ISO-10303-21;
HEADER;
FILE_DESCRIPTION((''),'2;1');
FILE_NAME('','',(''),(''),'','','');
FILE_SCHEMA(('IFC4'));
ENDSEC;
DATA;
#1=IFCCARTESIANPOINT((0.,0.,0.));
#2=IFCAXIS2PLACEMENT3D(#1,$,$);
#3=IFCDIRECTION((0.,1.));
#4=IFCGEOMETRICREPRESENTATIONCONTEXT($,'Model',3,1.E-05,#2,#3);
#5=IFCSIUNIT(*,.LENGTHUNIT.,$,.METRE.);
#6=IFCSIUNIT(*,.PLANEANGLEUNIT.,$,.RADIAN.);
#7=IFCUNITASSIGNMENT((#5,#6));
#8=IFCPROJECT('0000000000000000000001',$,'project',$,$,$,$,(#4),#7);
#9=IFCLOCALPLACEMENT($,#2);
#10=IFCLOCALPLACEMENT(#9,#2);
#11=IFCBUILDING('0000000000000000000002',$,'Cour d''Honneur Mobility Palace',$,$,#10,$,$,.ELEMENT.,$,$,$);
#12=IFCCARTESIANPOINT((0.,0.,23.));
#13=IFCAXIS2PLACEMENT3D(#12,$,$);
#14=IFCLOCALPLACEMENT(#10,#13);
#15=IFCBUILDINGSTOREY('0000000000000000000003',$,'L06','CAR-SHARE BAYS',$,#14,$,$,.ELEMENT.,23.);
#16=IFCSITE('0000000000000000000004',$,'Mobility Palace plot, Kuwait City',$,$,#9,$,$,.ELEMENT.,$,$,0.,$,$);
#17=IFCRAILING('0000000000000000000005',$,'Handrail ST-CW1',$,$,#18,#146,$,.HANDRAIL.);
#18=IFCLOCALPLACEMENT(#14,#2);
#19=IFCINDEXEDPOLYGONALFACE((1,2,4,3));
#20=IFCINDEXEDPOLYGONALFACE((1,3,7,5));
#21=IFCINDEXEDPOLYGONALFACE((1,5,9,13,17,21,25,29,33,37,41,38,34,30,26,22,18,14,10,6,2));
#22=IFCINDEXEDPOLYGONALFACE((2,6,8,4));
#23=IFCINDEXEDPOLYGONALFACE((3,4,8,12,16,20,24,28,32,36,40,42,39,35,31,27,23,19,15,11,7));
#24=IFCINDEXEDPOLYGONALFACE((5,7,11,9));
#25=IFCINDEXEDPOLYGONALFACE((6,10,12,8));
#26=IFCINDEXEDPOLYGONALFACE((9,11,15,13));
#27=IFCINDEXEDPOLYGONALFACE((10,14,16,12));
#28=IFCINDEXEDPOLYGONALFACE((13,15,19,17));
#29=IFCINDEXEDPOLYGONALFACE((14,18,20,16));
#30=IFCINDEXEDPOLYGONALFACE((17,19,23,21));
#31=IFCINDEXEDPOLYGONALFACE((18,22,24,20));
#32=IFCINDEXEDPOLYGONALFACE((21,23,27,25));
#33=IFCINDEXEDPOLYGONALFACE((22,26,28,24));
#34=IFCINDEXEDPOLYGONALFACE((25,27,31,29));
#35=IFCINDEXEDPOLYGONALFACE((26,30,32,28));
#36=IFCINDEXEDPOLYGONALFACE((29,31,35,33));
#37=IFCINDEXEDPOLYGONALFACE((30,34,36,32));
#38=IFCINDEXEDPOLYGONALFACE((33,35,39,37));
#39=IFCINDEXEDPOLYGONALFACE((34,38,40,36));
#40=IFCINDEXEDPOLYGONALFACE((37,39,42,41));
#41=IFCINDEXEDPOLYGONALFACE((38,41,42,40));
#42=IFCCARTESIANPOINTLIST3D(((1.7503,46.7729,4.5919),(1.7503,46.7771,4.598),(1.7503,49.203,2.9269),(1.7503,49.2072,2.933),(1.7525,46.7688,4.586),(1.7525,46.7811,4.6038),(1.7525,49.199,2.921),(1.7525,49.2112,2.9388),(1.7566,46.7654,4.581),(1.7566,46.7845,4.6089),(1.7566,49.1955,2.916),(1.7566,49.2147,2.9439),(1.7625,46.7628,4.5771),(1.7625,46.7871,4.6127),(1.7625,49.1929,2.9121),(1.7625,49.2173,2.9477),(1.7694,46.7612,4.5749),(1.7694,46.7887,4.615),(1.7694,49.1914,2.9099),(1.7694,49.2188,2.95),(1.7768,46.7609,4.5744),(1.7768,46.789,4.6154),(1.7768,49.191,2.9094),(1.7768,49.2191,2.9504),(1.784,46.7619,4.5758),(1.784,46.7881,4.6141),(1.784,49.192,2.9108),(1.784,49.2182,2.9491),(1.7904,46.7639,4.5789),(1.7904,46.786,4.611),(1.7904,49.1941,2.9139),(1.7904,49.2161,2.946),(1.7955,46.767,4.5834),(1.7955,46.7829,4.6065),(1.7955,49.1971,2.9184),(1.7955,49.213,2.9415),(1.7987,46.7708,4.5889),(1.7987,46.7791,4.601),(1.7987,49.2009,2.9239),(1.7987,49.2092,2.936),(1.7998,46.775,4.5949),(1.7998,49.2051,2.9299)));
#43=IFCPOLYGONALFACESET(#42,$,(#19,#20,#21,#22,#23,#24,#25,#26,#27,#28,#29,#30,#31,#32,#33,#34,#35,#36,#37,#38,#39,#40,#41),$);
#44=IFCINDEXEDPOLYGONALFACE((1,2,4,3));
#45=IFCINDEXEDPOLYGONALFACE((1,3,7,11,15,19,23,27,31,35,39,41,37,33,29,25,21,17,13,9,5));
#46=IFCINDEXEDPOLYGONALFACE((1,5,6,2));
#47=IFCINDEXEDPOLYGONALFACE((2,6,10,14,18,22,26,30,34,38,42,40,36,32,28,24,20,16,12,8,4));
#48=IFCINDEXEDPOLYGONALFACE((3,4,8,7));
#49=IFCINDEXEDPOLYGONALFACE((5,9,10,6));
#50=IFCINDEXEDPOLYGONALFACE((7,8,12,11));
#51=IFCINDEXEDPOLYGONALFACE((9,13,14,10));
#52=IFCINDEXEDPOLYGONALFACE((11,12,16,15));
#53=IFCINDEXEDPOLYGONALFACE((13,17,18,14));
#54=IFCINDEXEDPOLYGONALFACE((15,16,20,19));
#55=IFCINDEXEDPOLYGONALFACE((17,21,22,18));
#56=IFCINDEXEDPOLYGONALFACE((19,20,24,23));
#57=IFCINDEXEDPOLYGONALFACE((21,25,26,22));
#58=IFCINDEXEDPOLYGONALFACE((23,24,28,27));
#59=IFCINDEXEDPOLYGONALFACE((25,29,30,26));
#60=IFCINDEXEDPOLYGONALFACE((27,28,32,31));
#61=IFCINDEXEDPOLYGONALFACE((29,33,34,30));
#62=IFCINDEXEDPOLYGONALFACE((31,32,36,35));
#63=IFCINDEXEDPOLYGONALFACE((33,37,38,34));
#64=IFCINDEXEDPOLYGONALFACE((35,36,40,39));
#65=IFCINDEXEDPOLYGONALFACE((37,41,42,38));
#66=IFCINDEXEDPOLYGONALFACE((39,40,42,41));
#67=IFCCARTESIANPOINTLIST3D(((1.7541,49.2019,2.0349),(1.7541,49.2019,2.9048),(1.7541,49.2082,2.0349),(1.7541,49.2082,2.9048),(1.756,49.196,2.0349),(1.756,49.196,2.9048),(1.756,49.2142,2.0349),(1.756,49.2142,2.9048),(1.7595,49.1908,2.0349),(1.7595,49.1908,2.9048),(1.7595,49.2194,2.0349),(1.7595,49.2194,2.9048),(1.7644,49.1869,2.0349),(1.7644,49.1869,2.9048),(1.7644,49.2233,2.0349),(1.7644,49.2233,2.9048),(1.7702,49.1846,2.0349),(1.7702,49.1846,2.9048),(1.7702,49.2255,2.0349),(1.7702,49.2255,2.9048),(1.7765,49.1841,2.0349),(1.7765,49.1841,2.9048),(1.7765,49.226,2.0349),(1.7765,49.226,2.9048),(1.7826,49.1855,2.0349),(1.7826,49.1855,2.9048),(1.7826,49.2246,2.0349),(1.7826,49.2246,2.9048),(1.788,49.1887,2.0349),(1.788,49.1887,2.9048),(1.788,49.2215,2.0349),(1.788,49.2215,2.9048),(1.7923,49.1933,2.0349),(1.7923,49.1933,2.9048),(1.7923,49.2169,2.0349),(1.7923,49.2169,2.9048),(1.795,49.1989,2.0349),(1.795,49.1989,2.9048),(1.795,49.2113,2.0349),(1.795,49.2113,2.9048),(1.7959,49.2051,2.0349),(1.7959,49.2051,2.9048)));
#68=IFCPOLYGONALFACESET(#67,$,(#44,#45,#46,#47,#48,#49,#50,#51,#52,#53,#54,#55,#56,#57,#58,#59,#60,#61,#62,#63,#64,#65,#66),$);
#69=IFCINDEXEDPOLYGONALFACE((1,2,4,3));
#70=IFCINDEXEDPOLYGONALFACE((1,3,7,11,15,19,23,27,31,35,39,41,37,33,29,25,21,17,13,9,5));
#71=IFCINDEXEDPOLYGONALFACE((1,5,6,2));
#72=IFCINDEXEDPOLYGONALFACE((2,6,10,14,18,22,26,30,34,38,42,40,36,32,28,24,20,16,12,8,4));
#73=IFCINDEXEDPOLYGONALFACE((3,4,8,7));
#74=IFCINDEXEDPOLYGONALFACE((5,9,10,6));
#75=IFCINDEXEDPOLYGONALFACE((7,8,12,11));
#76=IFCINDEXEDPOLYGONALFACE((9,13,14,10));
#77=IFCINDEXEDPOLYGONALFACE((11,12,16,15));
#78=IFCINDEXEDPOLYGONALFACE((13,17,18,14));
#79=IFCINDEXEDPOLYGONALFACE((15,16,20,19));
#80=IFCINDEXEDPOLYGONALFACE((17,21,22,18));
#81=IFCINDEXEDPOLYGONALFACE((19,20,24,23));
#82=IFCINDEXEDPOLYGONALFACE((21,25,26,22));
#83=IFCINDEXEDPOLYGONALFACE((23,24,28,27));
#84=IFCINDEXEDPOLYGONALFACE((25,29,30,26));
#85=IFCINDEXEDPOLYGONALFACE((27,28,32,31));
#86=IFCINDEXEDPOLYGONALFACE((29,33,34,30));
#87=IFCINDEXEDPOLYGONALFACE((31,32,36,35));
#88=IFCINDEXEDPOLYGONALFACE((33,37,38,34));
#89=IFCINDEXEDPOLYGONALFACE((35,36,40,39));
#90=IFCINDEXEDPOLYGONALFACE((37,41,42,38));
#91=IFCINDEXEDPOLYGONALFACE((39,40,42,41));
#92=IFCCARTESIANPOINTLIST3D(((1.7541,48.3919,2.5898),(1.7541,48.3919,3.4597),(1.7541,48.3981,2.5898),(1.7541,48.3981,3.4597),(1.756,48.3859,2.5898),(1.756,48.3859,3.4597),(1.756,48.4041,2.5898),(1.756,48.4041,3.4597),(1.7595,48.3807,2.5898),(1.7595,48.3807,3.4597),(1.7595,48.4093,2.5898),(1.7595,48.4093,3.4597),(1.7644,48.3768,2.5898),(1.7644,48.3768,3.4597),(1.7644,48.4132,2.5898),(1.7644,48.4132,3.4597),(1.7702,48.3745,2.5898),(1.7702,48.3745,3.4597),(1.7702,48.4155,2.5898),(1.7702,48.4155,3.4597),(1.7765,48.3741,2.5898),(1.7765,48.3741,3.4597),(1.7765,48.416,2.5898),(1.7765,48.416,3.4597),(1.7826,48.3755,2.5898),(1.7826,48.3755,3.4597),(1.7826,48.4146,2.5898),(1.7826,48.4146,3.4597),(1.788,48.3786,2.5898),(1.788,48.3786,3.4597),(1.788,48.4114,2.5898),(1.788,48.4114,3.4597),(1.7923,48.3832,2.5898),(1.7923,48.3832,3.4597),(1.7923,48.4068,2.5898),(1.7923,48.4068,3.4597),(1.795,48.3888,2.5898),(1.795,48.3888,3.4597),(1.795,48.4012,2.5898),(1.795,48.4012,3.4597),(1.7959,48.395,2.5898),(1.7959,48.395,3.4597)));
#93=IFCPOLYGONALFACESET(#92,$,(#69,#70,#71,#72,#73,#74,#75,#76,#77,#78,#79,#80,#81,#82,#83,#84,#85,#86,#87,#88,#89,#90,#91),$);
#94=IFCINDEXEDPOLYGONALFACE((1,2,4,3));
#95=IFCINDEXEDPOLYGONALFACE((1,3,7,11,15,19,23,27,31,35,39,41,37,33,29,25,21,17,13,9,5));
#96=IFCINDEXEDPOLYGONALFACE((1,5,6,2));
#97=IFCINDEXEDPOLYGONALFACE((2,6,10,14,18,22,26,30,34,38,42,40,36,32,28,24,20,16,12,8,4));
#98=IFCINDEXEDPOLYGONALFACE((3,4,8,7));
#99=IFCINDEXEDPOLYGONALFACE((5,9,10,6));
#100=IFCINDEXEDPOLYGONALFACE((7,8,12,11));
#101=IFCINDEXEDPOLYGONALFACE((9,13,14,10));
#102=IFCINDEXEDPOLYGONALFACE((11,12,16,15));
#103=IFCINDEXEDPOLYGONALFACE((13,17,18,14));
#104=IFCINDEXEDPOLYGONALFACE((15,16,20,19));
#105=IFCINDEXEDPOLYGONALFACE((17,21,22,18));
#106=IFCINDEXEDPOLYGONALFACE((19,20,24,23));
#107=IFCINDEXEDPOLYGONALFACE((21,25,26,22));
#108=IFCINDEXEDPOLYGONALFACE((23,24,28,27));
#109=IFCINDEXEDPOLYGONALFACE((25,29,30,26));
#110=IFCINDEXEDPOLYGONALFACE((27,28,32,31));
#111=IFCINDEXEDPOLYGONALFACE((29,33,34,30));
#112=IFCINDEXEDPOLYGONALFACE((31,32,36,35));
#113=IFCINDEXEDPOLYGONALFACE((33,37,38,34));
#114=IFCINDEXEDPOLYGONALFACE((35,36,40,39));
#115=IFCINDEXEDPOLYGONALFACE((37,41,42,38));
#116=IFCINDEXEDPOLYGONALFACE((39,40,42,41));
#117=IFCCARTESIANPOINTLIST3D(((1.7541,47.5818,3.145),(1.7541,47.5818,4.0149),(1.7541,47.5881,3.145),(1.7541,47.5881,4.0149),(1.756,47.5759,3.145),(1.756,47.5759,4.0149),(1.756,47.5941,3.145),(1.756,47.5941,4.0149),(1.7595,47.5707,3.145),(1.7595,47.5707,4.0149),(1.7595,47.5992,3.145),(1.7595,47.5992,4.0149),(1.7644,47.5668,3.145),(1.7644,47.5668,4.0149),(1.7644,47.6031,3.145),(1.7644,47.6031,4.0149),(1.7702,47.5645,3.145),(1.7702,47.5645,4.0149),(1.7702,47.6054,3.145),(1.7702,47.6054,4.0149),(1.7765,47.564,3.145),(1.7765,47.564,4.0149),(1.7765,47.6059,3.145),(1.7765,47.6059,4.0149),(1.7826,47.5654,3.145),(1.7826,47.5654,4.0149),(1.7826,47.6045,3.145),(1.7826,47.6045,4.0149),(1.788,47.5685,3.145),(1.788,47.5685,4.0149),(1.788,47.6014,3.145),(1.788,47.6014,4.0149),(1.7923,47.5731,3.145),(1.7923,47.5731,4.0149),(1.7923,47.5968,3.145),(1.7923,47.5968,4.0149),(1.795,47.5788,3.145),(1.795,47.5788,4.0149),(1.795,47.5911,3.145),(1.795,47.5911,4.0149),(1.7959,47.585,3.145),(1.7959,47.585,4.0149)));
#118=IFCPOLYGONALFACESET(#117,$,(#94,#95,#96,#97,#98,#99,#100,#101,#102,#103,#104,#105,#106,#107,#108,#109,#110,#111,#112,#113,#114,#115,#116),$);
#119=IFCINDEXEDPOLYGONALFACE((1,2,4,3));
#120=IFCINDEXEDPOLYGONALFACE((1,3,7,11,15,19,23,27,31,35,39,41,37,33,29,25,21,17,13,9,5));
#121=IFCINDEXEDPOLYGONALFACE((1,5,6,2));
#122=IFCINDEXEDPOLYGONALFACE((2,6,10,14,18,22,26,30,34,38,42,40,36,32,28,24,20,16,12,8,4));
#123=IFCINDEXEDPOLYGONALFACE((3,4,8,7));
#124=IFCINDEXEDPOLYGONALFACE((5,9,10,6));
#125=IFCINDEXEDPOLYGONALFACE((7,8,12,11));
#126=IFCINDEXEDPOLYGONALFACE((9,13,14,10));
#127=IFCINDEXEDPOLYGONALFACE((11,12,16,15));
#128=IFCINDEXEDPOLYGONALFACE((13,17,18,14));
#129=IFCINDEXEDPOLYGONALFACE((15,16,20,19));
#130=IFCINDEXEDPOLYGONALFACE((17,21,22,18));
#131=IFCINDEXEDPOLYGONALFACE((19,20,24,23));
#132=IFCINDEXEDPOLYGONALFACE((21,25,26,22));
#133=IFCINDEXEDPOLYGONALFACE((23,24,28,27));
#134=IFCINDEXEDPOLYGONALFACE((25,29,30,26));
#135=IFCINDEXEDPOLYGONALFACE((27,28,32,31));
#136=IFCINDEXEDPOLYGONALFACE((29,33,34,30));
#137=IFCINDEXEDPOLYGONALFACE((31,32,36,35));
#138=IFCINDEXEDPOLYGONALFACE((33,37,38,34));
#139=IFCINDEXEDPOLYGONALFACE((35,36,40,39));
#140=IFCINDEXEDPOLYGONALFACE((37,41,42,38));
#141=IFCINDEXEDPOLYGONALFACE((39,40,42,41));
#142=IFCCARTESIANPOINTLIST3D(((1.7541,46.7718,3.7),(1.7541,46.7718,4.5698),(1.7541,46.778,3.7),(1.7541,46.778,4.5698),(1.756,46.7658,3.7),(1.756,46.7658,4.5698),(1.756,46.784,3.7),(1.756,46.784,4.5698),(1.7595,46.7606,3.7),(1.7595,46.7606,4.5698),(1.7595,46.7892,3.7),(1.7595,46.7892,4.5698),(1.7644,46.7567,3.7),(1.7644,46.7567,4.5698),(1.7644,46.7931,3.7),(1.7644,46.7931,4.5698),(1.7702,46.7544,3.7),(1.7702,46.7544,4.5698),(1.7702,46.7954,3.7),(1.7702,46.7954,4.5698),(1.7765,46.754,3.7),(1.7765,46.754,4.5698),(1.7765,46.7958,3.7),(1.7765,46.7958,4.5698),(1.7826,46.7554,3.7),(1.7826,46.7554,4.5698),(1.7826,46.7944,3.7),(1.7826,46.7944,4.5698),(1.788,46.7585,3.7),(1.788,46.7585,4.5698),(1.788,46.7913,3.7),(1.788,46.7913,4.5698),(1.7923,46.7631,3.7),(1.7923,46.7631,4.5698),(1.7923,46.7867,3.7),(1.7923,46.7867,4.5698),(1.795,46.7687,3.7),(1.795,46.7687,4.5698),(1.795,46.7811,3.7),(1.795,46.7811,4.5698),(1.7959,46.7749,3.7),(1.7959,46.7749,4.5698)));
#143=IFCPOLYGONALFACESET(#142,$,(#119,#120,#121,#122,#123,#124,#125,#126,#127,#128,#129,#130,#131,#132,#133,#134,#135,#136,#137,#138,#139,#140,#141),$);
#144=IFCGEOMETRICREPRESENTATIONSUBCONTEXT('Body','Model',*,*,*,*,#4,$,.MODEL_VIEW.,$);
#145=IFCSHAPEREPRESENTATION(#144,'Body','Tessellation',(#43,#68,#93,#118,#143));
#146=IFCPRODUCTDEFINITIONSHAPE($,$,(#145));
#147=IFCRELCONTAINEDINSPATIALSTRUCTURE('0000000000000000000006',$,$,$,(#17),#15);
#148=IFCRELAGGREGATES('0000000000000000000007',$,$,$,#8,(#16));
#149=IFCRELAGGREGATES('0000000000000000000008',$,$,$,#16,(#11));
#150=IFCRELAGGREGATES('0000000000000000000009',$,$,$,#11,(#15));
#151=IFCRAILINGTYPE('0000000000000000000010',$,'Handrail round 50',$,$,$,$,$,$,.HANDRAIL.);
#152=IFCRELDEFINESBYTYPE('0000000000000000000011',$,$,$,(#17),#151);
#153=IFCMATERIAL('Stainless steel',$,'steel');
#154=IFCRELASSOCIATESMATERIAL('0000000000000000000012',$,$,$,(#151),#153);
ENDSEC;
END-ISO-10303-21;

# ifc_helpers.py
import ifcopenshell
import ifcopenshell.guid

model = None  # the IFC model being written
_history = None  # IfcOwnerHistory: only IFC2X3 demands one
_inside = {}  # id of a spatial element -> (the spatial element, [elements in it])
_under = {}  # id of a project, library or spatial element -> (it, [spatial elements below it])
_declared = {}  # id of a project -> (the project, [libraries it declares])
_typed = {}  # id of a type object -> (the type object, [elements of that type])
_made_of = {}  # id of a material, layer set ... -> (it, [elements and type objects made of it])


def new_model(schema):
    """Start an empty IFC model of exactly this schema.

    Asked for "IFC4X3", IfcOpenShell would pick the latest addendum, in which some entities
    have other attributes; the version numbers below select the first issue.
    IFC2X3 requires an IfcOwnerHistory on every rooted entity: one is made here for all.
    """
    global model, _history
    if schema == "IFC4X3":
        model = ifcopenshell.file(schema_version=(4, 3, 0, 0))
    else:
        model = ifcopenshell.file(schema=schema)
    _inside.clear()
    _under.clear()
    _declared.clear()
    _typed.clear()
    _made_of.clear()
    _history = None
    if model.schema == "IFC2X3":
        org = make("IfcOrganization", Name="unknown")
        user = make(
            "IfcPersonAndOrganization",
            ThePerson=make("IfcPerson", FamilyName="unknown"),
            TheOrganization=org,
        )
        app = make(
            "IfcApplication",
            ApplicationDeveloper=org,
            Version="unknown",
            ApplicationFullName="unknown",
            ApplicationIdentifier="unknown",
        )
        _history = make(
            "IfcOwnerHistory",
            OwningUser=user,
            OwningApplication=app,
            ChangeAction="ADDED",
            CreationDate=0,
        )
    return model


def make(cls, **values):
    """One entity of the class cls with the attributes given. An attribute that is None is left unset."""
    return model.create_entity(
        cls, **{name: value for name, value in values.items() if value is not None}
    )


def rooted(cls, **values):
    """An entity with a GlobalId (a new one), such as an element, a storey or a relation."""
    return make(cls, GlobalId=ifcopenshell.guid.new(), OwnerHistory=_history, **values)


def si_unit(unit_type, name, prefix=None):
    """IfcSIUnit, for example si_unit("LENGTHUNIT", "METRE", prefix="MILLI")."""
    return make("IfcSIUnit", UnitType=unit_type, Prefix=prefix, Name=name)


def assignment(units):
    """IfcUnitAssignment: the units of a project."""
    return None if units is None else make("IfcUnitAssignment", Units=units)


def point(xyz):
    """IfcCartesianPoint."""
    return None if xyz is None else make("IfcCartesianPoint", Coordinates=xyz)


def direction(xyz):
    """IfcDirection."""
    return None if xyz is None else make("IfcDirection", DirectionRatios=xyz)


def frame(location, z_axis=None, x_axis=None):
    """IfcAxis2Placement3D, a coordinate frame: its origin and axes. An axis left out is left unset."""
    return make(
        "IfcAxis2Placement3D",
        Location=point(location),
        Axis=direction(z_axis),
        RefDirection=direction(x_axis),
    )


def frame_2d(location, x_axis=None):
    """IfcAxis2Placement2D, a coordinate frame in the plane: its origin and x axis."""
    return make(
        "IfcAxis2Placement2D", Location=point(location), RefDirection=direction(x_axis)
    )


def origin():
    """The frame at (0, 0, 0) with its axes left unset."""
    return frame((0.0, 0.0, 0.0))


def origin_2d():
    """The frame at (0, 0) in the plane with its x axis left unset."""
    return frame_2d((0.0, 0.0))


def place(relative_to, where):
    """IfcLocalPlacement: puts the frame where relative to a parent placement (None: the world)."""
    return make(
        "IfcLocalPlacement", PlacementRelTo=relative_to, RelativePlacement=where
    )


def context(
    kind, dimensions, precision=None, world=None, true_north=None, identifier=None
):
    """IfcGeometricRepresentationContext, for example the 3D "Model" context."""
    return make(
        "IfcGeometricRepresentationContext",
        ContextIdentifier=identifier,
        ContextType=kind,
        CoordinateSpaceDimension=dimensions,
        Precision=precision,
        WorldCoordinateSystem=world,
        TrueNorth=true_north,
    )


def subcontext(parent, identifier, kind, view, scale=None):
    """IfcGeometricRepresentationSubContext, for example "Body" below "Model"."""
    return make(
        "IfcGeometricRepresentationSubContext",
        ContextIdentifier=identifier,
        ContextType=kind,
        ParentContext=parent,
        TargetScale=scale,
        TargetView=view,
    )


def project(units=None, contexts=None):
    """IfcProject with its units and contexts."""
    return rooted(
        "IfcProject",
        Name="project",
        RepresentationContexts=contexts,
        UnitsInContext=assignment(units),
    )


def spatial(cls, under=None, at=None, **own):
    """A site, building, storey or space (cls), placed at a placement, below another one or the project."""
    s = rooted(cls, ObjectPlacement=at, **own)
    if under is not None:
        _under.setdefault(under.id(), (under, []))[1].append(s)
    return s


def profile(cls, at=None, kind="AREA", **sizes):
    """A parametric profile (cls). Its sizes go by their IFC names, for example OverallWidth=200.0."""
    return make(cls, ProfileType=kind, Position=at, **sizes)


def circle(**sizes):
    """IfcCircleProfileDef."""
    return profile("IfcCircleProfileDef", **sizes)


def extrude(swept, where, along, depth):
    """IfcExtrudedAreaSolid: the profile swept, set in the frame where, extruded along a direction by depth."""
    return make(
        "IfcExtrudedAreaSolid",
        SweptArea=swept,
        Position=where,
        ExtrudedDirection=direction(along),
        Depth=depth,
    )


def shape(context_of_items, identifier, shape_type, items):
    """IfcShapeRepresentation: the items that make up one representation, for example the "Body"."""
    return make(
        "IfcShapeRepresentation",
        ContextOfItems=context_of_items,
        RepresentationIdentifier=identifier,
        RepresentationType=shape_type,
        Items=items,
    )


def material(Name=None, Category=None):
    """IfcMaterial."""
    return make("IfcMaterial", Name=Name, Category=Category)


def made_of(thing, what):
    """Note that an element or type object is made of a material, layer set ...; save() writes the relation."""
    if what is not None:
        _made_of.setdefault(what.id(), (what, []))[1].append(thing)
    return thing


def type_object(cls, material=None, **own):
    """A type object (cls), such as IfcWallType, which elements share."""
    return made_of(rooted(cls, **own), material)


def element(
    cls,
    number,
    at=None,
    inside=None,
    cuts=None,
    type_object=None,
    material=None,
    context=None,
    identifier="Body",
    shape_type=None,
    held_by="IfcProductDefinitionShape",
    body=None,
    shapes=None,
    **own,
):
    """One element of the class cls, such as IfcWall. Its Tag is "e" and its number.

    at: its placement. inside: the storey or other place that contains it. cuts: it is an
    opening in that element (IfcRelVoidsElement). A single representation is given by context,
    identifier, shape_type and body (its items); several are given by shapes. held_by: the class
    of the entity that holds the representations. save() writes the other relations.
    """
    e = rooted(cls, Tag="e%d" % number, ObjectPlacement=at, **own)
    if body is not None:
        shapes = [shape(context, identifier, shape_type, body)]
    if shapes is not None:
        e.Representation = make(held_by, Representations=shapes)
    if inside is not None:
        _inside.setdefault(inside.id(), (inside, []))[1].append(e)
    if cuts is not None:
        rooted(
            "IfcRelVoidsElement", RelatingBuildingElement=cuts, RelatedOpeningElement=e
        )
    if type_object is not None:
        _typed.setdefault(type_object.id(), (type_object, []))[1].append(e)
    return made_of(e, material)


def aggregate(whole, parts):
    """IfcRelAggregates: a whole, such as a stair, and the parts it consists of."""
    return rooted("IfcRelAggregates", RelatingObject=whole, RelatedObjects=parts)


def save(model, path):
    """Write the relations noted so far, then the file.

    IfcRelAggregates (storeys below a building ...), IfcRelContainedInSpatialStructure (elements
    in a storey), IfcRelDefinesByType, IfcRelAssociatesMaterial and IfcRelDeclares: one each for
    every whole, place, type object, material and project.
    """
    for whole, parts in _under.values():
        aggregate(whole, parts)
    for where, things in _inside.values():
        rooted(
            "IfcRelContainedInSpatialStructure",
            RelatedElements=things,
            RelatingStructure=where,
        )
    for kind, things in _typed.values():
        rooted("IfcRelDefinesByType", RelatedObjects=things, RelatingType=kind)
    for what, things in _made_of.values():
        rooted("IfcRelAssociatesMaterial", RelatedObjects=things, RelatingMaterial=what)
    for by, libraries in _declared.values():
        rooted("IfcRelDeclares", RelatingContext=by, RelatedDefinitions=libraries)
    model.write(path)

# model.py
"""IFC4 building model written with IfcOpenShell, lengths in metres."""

from ifc_helpers import new_model, si_unit, direction, frame, origin, origin_2d, place, context, subcontext, project, spatial, circle, extrude, material, type_object, element, save


model = new_model("IFC4")

# Units and contexts
model_context = context("Model", 3, precision=1e-05, world=origin(), true_north=direction((0.0, 1.0)))
body_context = subcontext(model_context, "Body", "Model", "MODEL_VIEW")
ifc_project = project(units=[si_unit("LENGTHUNIT", "METRE"), si_unit("PLANEANGLEUNIT", "RADIAN")], contexts=[model_context])

# Site, building, storey
site_placement = place(None, origin())
site = spatial("IfcSite", under=ifc_project, at=site_placement, Name="Mobility Palace plot, Kuwait City", CompositionType="ELEMENT", RefElevation=0.0)
building_placement = place(site_placement, origin())
building = spatial("IfcBuilding", under=site, at=building_placement, Name="Cour d'Honneur Mobility Palace", CompositionType="ELEMENT")
storey_placement = place(building_placement, frame((0.0, 0.0, 23.0)))
storey = spatial("IfcBuildingStorey", under=building, at=storey_placement, Name="L06", Description="CAR-SHARE BAYS", CompositionType="ELEMENT", Elevation=23.0)

# Railing
ifc_material_1 = material(Name="Stainless steel", Category="steel")
railing_type_1 = type_object("IfcRailingType", Name="Handrail round 50", PredefinedType="HANDRAIL", material=ifc_material_1)
railing_1_placement = place(storey_placement, frame((1.7749, 49.2051, 2.0349)))
element("IfcRailing", 1, at=railing_1_placement, inside=storey, type_object=railing_type_1, Name="Handrail ST-CW1", PredefinedType="HANDRAIL", context=body_context, shape_type="SweptSolid", body=[
    extrude(circle(Radius=0.0249, at=origin_2d()), frame((0.0, 0.0, 0.895), z_axis=(0.0, -0.824945, 0.565213), x_axis=(1.0, 0.0, 0.0)), (0.0, 0.0, 1.0), 2.9458),
    extrude(circle(Radius=0.021, at=origin_2d()), origin(), (0.0, 0.0, 1.0), 0.8699),
    extrude(circle(Radius=0.021, at=origin_2d()), frame((0.0, -0.8101, 0.5549)), (0.0, 0.0, 1.0), 0.8699),
    extrude(circle(Radius=0.021, at=origin_2d()), frame((0.0, -1.6201, 1.1101)), (0.0, 0.0, 1.0), 0.8699),
    extrude(circle(Radius=0.021, at=origin_2d()), frame((0.0, -2.4302, 1.665)), (0.0, 0.0, 1.0), 0.8699),
])

save(model, "model.ifc")
